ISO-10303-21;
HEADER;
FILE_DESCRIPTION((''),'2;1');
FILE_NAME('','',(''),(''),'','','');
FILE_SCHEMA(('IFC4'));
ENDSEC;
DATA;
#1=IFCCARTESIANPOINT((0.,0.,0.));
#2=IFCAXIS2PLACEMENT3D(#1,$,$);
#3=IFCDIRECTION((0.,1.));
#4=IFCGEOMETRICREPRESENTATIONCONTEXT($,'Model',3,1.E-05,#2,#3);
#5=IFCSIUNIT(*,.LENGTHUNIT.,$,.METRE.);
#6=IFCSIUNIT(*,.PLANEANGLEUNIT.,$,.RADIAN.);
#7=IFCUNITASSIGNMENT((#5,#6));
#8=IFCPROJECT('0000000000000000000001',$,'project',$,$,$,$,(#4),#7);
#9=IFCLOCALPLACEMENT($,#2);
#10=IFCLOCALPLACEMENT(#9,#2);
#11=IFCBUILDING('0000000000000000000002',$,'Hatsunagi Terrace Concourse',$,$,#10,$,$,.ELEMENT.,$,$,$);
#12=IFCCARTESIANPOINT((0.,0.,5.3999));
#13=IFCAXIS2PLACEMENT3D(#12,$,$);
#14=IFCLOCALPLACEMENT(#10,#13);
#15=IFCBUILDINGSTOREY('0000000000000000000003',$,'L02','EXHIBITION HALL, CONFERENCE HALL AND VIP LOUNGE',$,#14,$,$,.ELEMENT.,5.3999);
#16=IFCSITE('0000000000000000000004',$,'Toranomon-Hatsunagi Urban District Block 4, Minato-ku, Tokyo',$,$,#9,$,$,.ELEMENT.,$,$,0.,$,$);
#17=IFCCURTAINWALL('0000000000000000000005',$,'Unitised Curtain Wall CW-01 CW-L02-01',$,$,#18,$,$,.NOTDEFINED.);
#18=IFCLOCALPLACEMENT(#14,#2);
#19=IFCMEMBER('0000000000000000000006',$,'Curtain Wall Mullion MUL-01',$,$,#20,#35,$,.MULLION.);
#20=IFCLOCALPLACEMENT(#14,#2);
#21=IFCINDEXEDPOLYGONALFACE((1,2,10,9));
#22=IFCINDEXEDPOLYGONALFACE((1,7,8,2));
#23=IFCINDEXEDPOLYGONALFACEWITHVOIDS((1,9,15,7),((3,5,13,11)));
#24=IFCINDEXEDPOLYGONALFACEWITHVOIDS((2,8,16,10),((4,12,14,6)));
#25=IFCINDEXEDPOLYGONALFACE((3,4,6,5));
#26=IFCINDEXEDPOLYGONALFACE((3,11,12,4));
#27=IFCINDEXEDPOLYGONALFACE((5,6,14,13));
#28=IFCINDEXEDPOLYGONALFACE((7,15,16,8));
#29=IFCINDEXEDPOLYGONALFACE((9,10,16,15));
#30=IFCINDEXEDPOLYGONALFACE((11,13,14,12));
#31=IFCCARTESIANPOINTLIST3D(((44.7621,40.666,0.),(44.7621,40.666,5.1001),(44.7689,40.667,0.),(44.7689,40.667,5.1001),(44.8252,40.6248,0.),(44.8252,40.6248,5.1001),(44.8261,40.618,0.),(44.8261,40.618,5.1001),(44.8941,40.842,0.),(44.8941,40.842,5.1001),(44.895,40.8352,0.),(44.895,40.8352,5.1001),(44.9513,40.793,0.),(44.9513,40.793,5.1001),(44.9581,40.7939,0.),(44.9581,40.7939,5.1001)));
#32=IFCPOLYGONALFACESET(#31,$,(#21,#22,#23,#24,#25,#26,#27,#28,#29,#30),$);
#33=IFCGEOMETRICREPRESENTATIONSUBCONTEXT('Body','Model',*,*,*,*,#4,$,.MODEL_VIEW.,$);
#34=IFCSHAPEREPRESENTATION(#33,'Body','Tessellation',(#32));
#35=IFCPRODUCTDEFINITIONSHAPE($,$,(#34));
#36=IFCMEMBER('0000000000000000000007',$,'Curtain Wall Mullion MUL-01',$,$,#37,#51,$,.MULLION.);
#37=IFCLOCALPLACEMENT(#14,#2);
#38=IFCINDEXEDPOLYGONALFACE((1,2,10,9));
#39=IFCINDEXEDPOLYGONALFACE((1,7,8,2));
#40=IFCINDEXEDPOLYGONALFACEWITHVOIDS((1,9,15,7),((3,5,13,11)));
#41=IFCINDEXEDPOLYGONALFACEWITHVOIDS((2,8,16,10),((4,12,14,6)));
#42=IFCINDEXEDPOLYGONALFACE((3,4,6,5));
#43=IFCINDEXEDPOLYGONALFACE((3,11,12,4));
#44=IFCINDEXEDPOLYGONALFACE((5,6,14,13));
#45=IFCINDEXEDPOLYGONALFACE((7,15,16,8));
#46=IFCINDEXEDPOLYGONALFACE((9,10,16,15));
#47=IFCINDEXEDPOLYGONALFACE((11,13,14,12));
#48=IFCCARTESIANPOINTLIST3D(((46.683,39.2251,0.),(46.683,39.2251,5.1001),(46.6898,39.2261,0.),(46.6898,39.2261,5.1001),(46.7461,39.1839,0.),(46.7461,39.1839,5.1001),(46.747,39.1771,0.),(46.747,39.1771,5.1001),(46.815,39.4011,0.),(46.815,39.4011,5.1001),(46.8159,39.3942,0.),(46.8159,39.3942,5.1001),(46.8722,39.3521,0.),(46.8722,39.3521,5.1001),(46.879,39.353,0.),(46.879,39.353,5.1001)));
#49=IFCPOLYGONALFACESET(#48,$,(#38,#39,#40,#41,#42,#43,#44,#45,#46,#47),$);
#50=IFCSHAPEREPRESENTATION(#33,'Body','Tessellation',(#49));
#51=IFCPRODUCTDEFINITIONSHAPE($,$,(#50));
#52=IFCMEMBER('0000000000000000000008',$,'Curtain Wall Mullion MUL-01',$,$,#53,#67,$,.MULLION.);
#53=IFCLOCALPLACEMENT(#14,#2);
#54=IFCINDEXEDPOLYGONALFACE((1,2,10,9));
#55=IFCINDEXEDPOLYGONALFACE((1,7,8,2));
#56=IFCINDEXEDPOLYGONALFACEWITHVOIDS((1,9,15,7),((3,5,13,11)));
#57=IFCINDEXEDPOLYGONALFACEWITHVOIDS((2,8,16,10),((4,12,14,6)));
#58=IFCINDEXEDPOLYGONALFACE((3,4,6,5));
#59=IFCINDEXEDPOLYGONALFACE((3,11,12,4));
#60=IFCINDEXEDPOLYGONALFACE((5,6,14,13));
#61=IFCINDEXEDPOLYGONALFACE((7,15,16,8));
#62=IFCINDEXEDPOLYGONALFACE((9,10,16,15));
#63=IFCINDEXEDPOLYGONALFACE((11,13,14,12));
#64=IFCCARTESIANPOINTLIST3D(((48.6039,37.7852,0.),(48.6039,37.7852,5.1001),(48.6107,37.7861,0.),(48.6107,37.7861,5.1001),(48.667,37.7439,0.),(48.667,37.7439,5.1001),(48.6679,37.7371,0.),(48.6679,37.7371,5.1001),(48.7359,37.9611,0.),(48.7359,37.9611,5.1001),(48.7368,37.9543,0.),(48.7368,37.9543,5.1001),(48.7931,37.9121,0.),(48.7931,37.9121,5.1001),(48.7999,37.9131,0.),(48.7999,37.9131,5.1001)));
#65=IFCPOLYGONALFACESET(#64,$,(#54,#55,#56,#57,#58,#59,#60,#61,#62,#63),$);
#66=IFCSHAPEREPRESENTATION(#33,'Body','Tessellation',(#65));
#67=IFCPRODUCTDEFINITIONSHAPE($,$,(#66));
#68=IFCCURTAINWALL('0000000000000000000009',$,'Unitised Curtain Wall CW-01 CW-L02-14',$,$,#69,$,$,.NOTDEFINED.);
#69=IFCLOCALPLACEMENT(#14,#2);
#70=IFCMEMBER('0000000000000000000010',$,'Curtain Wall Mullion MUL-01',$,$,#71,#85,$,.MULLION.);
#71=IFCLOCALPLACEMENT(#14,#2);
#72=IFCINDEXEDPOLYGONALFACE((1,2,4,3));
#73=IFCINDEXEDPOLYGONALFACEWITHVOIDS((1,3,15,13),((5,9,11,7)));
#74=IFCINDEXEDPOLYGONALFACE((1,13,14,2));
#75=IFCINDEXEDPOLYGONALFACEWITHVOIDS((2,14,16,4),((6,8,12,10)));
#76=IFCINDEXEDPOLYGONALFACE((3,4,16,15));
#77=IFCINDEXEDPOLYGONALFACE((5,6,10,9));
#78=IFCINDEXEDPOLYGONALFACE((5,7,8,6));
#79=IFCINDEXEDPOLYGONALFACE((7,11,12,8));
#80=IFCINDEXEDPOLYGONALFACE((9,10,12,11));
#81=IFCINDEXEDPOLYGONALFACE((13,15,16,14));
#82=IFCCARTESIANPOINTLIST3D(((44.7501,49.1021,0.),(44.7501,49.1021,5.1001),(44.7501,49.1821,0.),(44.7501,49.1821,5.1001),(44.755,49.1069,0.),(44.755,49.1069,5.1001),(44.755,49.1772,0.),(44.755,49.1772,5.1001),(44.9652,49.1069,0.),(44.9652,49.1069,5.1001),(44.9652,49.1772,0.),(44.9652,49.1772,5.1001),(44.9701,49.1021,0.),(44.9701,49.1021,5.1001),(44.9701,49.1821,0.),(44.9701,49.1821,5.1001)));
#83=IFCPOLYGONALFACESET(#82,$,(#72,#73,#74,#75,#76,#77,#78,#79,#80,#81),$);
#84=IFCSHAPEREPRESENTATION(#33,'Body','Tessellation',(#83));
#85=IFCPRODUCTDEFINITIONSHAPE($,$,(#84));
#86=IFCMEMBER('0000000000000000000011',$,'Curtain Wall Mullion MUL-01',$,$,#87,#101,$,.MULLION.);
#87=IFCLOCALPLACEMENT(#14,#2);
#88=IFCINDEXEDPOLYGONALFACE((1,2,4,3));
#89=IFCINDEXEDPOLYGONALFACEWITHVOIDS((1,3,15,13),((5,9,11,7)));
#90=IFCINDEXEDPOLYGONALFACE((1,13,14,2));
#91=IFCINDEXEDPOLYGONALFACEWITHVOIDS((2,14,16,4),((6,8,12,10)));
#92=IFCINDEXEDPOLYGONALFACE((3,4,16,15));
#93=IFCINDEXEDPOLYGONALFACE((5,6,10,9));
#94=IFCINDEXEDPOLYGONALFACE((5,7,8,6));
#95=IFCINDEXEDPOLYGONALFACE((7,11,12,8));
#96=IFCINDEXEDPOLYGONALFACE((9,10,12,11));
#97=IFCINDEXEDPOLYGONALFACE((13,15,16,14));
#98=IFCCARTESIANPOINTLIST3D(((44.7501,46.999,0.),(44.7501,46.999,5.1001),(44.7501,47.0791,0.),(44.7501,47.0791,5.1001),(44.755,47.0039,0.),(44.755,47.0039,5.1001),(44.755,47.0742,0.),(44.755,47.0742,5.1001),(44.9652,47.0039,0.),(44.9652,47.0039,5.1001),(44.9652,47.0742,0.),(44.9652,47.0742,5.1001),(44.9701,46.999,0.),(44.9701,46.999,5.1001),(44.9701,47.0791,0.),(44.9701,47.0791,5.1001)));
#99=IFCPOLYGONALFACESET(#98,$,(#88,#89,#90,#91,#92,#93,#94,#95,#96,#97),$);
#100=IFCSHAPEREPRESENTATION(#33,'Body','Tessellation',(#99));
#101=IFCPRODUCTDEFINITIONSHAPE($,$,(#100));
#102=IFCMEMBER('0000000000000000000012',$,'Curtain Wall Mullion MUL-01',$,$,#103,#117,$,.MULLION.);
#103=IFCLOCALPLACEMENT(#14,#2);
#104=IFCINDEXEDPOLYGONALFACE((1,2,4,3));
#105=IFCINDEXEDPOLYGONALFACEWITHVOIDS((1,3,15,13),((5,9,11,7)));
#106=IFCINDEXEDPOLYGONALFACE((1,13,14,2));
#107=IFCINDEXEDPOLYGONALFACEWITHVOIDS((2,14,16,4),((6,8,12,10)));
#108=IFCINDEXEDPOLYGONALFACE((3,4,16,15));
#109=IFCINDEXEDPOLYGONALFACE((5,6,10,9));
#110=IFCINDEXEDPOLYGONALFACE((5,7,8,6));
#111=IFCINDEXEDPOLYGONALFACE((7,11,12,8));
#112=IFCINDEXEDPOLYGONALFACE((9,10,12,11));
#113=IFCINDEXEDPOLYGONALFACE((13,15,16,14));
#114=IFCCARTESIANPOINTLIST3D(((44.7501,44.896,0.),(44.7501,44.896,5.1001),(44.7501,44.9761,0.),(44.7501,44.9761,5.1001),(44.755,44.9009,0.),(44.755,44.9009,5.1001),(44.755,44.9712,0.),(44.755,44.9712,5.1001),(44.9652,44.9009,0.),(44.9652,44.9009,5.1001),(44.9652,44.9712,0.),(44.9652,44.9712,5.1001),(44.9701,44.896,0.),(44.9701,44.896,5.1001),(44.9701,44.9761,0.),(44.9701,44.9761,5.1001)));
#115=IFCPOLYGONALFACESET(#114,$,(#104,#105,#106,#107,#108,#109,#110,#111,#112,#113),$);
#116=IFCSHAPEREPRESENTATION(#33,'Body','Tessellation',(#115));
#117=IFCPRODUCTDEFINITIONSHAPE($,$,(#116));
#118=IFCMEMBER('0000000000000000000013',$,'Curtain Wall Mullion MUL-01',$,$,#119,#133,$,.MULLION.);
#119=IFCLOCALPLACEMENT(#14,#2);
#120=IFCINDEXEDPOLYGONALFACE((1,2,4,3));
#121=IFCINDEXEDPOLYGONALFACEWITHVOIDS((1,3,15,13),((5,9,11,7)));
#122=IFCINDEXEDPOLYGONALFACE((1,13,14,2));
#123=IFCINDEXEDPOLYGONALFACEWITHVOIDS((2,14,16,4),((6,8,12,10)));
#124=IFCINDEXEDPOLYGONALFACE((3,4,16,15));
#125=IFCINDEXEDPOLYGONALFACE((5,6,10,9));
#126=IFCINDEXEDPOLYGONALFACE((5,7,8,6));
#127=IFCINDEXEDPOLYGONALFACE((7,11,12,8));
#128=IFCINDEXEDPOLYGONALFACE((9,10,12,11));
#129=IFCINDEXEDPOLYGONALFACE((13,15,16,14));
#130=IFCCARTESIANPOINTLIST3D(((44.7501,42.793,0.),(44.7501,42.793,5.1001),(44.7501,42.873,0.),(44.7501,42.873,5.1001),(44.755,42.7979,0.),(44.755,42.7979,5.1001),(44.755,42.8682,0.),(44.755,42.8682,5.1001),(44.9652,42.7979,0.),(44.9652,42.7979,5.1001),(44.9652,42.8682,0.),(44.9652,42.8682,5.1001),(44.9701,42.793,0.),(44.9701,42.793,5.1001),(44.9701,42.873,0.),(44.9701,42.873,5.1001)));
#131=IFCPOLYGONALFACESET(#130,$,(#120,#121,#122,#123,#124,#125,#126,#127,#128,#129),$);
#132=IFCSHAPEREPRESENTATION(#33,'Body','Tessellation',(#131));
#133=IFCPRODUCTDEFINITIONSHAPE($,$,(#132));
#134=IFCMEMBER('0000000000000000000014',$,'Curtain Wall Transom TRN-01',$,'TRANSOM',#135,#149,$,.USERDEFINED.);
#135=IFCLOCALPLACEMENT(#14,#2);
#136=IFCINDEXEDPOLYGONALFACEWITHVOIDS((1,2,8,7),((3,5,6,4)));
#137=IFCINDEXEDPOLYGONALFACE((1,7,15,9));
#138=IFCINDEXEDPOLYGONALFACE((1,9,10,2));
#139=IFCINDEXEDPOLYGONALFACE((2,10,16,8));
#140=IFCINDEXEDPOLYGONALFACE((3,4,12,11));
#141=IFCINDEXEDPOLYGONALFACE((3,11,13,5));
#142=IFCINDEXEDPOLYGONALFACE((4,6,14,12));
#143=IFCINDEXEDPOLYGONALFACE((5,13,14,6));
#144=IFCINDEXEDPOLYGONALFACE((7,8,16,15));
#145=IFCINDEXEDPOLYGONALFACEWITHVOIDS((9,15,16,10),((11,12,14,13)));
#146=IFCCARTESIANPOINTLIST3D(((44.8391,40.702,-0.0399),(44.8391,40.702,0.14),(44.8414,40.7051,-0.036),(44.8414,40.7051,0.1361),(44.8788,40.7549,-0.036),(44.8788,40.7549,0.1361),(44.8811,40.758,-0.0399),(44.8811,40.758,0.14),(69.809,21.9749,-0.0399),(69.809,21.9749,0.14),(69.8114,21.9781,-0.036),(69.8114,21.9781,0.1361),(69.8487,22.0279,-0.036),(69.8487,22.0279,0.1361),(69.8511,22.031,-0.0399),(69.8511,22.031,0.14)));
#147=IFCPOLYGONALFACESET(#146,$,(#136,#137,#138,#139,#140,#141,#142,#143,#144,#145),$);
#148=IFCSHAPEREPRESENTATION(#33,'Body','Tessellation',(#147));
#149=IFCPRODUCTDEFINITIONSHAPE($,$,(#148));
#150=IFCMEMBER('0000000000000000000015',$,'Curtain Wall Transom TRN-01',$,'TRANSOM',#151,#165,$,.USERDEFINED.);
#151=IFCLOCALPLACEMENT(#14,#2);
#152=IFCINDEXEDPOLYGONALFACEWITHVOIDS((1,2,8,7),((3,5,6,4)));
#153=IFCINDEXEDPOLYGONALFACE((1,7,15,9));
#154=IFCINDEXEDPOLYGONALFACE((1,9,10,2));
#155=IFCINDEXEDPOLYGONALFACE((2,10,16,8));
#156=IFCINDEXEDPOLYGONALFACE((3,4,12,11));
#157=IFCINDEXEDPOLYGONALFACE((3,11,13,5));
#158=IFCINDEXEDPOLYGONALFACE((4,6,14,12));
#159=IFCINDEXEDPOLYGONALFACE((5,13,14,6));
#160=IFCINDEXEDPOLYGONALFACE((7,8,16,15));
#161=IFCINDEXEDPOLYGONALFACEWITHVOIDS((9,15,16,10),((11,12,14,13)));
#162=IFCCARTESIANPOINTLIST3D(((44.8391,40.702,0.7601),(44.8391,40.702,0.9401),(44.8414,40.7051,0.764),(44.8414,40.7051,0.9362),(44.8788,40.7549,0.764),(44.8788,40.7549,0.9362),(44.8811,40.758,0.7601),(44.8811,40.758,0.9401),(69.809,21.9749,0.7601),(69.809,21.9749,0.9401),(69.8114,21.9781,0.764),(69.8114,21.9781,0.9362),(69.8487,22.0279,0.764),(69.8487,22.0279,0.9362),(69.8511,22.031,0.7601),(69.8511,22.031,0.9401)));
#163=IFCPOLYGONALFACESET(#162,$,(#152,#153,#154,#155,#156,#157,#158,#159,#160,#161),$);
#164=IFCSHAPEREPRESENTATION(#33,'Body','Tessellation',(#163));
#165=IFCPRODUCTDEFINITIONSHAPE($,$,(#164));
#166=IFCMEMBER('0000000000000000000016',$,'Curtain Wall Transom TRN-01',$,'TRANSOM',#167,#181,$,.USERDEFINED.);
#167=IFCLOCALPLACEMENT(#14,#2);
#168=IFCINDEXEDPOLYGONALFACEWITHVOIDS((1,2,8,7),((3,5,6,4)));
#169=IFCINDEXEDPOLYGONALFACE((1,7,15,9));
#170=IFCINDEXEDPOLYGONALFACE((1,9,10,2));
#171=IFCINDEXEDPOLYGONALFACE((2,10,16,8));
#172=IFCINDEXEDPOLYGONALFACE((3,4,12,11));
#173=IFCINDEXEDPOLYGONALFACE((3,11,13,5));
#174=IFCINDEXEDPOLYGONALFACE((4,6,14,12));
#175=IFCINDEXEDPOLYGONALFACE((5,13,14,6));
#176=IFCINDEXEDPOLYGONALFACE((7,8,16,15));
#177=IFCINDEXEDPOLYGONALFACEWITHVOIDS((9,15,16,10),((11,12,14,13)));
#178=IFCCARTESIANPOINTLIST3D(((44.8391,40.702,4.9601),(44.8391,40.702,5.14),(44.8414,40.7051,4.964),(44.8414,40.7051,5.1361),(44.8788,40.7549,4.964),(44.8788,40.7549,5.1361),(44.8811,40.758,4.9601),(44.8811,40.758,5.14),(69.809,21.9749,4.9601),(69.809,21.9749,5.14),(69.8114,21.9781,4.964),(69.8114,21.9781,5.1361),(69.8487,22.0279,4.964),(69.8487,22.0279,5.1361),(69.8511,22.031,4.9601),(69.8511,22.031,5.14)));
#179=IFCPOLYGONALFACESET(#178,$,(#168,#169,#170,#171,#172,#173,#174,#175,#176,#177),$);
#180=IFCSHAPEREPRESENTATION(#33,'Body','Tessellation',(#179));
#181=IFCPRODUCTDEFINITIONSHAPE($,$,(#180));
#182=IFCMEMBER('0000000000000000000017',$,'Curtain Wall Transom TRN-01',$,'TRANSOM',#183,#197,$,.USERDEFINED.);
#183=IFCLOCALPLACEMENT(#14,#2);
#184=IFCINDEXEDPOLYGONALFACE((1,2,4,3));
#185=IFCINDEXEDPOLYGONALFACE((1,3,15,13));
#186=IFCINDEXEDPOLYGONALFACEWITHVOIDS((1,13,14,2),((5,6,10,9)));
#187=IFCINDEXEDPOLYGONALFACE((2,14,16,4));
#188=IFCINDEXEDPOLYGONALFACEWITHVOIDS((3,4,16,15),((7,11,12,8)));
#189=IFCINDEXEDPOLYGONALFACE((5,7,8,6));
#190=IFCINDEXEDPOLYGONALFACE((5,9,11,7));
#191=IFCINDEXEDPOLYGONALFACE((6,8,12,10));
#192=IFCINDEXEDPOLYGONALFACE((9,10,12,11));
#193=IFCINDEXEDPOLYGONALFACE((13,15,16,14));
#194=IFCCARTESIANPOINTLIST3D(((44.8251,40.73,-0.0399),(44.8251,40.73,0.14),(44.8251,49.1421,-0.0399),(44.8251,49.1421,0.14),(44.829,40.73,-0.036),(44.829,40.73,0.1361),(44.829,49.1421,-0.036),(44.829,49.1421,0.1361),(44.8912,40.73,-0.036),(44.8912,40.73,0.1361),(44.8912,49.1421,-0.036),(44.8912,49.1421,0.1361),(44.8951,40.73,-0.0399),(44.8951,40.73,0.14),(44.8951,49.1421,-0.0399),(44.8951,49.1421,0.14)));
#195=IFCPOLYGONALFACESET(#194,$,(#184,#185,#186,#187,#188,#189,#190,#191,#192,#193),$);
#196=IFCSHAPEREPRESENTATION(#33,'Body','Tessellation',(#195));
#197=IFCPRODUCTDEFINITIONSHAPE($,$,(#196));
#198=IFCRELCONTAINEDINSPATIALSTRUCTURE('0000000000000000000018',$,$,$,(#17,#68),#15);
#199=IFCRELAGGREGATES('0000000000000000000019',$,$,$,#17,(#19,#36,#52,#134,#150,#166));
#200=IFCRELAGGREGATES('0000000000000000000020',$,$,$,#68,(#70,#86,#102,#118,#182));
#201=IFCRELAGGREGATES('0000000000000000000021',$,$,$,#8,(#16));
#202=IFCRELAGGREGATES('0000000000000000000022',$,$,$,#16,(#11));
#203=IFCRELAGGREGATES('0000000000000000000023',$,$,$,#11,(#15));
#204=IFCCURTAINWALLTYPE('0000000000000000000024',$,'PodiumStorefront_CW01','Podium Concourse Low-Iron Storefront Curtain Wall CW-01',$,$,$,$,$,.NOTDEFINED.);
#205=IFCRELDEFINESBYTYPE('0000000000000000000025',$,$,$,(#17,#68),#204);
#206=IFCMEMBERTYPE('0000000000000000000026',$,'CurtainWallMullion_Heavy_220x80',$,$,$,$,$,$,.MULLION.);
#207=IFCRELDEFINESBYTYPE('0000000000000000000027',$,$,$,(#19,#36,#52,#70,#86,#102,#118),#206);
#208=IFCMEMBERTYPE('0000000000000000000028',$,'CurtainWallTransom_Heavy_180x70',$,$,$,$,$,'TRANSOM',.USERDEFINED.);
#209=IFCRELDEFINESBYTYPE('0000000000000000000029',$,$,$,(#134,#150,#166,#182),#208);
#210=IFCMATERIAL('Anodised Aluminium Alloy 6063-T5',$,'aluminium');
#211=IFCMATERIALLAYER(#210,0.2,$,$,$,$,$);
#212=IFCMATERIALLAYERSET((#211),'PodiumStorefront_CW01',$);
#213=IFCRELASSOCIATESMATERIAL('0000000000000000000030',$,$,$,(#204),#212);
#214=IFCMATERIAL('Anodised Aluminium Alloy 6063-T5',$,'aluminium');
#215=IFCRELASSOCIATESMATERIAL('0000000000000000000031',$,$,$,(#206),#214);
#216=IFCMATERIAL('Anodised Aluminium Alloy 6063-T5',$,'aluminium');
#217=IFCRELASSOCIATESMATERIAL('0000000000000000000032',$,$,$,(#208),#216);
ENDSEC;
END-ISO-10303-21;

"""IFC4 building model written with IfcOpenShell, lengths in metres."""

from ifc_helpers import new_model, si_unit, direction, frame, origin, origin_2d, place, context, subcontext, project, spatial, hollow_rectangle, extrude, material, layer, layer_set, material_profile, profile_set, type_object, element, aggregate, save


model = new_model("IFC4")

# Units and contexts
model_context = context("Model", 3, precision=1e-05, world=origin(), true_north=direction((0.0, 1.0)))
body_context = subcontext(model_context, "Body", "Model", "MODEL_VIEW")
ifc_project = project(units=[si_unit("LENGTHUNIT", "METRE"), si_unit("PLANEANGLEUNIT", "RADIAN")], contexts=[model_context])

# Site, building, storey
site_placement = place(None, origin())
site = spatial("IfcSite", under=ifc_project, at=site_placement, Name="Toranomon-Hatsunagi Urban District Block 4, Minato-ku, Tokyo", CompositionType="ELEMENT", RefElevation=0.0)
building_placement = place(site_placement, origin())
building = spatial("IfcBuilding", under=site, at=building_placement, Name="Hatsunagi Terrace Concourse", CompositionType="ELEMENT")
storey_placement = place(building_placement, frame((0.0, 0.0, 5.3999)))
storey = spatial("IfcBuildingStorey", under=building, at=storey_placement, Name="L02", Description="EXHIBITION HALL, CONFERENCE HALL AND VIP LOUNGE", CompositionType="ELEMENT", Elevation=5.3999)

# Curtain walls, members
ifc_material_1 = material(Name="Anodised Aluminium Alloy 6063-T5", Category="aluminium")
ifc_layer_1 = layer(ifc_material_1, 0.2)
ifc_layer_set_1 = layer_set([ifc_layer_1], Name="PodiumStorefront_CW01")
curtain_wall_type = type_object("IfcCurtainWallType", Name="PodiumStorefront_CW01", Description="Podium Concourse Low-Iron Storefront Curtain Wall CW-01", PredefinedType="NOTDEFINED", material=ifc_layer_set_1)
curtain_wall_1_placement = place(storey_placement, origin())
curtain_wall_1 = element("IfcCurtainWall", 1, at=curtain_wall_1_placement, inside=storey, type_object=curtain_wall_type, Name="Unitised Curtain Wall CW-01 CW-L02-01", PredefinedType="NOTDEFINED")
ifc_material_2 = material(Name="Anodised Aluminium Alloy 6063-T5", Category="aluminium")
ifc_material_profile_1 = material_profile(ifc_material_2, hollow_rectangle(XDim=0.0801, YDim=0.22, WallThickness=0.0049, at=origin_2d()), Name="ALU-MUL-220x80x5")
ifc_profile_set_1 = profile_set([ifc_material_profile_1], Name="Anodised Aluminium Alloy 6063-T5")
member_type_1 = type_object("IfcMemberType", Name="CurtainWallMullion_Heavy_220x80", PredefinedType="MULLION", material=ifc_profile_set_1)
member_1_placement = place(storey_placement, frame((44.8601, 40.73, 0.0), z_axis=(0.0, 0.0, 1.0), x_axis=(0.800007, -0.59999, 0.0)))
member_1 = element("IfcMember", 2, at=member_1_placement, type_object=member_type_1, Name="Curtain Wall Mullion MUL-01", PredefinedType="MULLION", context=body_context, shape_type="SweptSolid", body=[
    extrude(hollow_rectangle(XDim=0.0801, YDim=0.22, WallThickness=0.0049, at=origin_2d()), origin(), (0.0, 0.0, 1.0), 5.1001),
])
member_2_placement = place(storey_placement, frame((46.781, 39.2891, 0.0), z_axis=(0.0, 0.0, 1.0), x_axis=(0.800007, -0.59999, 0.0)))
member_2 = element("IfcMember", 3, at=member_2_placement, type_object=member_type_1, Name="Curtain Wall Mullion MUL-01", PredefinedType="MULLION", context=body_context, shape_type="SweptSolid", body=[
    extrude(hollow_rectangle(XDim=0.0801, YDim=0.22, WallThickness=0.0049, at=origin_2d()), origin(), (0.0, 0.0, 1.0), 5.1001),
])
member_3_placement = place(storey_placement, frame((48.7019, 37.8491, 0.0), z_axis=(0.0, 0.0, 1.0), x_axis=(0.800007, -0.59999, 0.0)))
member_3 = element("IfcMember", 4, at=member_3_placement, type_object=member_type_1, Name="Curtain Wall Mullion MUL-01", PredefinedType="MULLION", context=body_context, shape_type="SweptSolid", body=[
    extrude(hollow_rectangle(XDim=0.0801, YDim=0.22, WallThickness=0.0049, at=origin_2d()), origin(), (0.0, 0.0, 1.0), 5.1001),
])
curtain_wall_2_placement = place(storey_placement, origin())
curtain_wall_2 = element("IfcCurtainWall", 5, at=curtain_wall_2_placement, inside=storey, type_object=curtain_wall_type, Name="Unitised Curtain Wall CW-01 CW-L02-14", PredefinedType="NOTDEFINED")
member_4_placement = place(storey_placement, frame((44.8601, 49.1421, 0.0), z_axis=(0.0, 0.0, 1.0), x_axis=(0.0, -1.0, 0.0)))
member_4 = element("IfcMember", 6, at=member_4_placement, type_object=member_type_1, Name="Curtain Wall Mullion MUL-01", PredefinedType="MULLION", context=body_context, shape_type="SweptSolid", body=[
    extrude(hollow_rectangle(XDim=0.0801, YDim=0.22, WallThickness=0.0049, at=origin_2d()), origin(), (0.0, 0.0, 1.0), 5.1001),
])
member_5_placement = place(storey_placement, frame((44.8601, 47.0391, 0.0), z_axis=(0.0, 0.0, 1.0), x_axis=(0.0, -1.0, 0.0)))
member_5 = element("IfcMember", 7, at=member_5_placement, type_object=member_type_1, Name="Curtain Wall Mullion MUL-01", PredefinedType="MULLION", context=body_context, shape_type="SweptSolid", body=[
    extrude(hollow_rectangle(XDim=0.0801, YDim=0.22, WallThickness=0.0049, at=origin_2d()), origin(), (0.0, 0.0, 1.0), 5.1001),
])
member_6_placement = place(storey_placement, frame((44.8601, 44.936, 0.0), z_axis=(0.0, 0.0, 1.0), x_axis=(0.0, -1.0, 0.0)))
member_6 = element("IfcMember", 8, at=member_6_placement, type_object=member_type_1, Name="Curtain Wall Mullion MUL-01", PredefinedType="MULLION", context=body_context, shape_type="SweptSolid", body=[
    extrude(hollow_rectangle(XDim=0.0801, YDim=0.22, WallThickness=0.0049, at=origin_2d()), origin(), (0.0, 0.0, 1.0), 5.1001),
])
member_7_placement = place(storey_placement, frame((44.8601, 42.833, 0.0), z_axis=(0.0, 0.0, 1.0), x_axis=(0.0, -1.0, 0.0)))
member_7 = element("IfcMember", 9, at=member_7_placement, type_object=member_type_1, Name="Curtain Wall Mullion MUL-01", PredefinedType="MULLION", context=body_context, shape_type="SweptSolid", body=[
    extrude(hollow_rectangle(XDim=0.0801, YDim=0.22, WallThickness=0.0049, at=origin_2d()), origin(), (0.0, 0.0, 1.0), 5.1001),
])

# Members
ifc_material_3 = material(Name="Anodised Aluminium Alloy 6063-T5", Category="aluminium")
ifc_material_profile_2 = material_profile(ifc_material_3, hollow_rectangle(XDim=0.0701, YDim=0.1799, WallThickness=0.0039, at=origin_2d()), Name="ALU-TRN-180x70x4")
ifc_profile_set_2 = profile_set([ifc_material_profile_2], Name="Anodised Aluminium Alloy 6063-T5")
member_type_2 = type_object("IfcMemberType", Name="CurtainWallTransom_Heavy_180x70", ElementType="TRANSOM", PredefinedType="USERDEFINED", material=ifc_profile_set_2)
member_8_placement = place(storey_placement, frame((44.8601, 40.73, 0.05), z_axis=(0.800007, -0.599991, 0.0), x_axis=(0.599991, 0.800007, 0.0)))
member_8 = element("IfcMember", 10, at=member_8_placement, type_object=member_type_2, Name="Curtain Wall Transom TRN-01", ObjectType="TRANSOM", PredefinedType="USERDEFINED", context=body_context, shape_type="SweptSolid", body=[
    extrude(hollow_rectangle(XDim=0.0701, YDim=0.1799, WallThickness=0.0039, at=origin_2d()), origin(), (0.0, 0.0, 1.0), 31.2122),
])
member_9_placement = place(storey_placement, frame((44.8601, 40.73, 0.8501), z_axis=(0.800007, -0.599991, 0.0), x_axis=(0.599991, 0.800007, 0.0)))
member_9 = element("IfcMember", 11, at=member_9_placement, type_object=member_type_2, Name="Curtain Wall Transom TRN-01", ObjectType="TRANSOM", PredefinedType="USERDEFINED", context=body_context, shape_type="SweptSolid", body=[
    extrude(hollow_rectangle(XDim=0.0701, YDim=0.1799, WallThickness=0.0039, at=origin_2d()), origin(), (0.0, 0.0, 1.0), 31.2122),
])
member_10_placement = place(storey_placement, frame((44.8601, 40.73, 5.05), z_axis=(0.800007, -0.599991, 0.0), x_axis=(0.599991, 0.800007, 0.0)))
member_10 = element("IfcMember", 12, at=member_10_placement, type_object=member_type_2, Name="Curtain Wall Transom TRN-01", ObjectType="TRANSOM", PredefinedType="USERDEFINED", context=body_context, shape_type="SweptSolid", body=[
    extrude(hollow_rectangle(XDim=0.0701, YDim=0.1799, WallThickness=0.0039, at=origin_2d()), origin(), (0.0, 0.0, 1.0), 31.2122),
])
member_11_placement = place(storey_placement, frame((44.8601, 49.1421, 0.05), z_axis=(0.0, -1.0, 0.0), x_axis=(1.0, 0.0, 0.0)))
member_11 = element("IfcMember", 13, at=member_11_placement, type_object=member_type_2, Name="Curtain Wall Transom TRN-01", ObjectType="TRANSOM", PredefinedType="USERDEFINED", context=body_context, shape_type="SweptSolid", body=[
    extrude(hollow_rectangle(XDim=0.0701, YDim=0.1799, WallThickness=0.0039, at=origin_2d()), origin(), (0.0, 0.0, 1.0), 8.4121),
])

aggregate(curtain_wall_1, [member_1, member_2, member_3, member_8, member_9, member_10])
aggregate(curtain_wall_2, [member_4, member_5, member_6, member_7, member_11])

save(model, "model.ifc")
